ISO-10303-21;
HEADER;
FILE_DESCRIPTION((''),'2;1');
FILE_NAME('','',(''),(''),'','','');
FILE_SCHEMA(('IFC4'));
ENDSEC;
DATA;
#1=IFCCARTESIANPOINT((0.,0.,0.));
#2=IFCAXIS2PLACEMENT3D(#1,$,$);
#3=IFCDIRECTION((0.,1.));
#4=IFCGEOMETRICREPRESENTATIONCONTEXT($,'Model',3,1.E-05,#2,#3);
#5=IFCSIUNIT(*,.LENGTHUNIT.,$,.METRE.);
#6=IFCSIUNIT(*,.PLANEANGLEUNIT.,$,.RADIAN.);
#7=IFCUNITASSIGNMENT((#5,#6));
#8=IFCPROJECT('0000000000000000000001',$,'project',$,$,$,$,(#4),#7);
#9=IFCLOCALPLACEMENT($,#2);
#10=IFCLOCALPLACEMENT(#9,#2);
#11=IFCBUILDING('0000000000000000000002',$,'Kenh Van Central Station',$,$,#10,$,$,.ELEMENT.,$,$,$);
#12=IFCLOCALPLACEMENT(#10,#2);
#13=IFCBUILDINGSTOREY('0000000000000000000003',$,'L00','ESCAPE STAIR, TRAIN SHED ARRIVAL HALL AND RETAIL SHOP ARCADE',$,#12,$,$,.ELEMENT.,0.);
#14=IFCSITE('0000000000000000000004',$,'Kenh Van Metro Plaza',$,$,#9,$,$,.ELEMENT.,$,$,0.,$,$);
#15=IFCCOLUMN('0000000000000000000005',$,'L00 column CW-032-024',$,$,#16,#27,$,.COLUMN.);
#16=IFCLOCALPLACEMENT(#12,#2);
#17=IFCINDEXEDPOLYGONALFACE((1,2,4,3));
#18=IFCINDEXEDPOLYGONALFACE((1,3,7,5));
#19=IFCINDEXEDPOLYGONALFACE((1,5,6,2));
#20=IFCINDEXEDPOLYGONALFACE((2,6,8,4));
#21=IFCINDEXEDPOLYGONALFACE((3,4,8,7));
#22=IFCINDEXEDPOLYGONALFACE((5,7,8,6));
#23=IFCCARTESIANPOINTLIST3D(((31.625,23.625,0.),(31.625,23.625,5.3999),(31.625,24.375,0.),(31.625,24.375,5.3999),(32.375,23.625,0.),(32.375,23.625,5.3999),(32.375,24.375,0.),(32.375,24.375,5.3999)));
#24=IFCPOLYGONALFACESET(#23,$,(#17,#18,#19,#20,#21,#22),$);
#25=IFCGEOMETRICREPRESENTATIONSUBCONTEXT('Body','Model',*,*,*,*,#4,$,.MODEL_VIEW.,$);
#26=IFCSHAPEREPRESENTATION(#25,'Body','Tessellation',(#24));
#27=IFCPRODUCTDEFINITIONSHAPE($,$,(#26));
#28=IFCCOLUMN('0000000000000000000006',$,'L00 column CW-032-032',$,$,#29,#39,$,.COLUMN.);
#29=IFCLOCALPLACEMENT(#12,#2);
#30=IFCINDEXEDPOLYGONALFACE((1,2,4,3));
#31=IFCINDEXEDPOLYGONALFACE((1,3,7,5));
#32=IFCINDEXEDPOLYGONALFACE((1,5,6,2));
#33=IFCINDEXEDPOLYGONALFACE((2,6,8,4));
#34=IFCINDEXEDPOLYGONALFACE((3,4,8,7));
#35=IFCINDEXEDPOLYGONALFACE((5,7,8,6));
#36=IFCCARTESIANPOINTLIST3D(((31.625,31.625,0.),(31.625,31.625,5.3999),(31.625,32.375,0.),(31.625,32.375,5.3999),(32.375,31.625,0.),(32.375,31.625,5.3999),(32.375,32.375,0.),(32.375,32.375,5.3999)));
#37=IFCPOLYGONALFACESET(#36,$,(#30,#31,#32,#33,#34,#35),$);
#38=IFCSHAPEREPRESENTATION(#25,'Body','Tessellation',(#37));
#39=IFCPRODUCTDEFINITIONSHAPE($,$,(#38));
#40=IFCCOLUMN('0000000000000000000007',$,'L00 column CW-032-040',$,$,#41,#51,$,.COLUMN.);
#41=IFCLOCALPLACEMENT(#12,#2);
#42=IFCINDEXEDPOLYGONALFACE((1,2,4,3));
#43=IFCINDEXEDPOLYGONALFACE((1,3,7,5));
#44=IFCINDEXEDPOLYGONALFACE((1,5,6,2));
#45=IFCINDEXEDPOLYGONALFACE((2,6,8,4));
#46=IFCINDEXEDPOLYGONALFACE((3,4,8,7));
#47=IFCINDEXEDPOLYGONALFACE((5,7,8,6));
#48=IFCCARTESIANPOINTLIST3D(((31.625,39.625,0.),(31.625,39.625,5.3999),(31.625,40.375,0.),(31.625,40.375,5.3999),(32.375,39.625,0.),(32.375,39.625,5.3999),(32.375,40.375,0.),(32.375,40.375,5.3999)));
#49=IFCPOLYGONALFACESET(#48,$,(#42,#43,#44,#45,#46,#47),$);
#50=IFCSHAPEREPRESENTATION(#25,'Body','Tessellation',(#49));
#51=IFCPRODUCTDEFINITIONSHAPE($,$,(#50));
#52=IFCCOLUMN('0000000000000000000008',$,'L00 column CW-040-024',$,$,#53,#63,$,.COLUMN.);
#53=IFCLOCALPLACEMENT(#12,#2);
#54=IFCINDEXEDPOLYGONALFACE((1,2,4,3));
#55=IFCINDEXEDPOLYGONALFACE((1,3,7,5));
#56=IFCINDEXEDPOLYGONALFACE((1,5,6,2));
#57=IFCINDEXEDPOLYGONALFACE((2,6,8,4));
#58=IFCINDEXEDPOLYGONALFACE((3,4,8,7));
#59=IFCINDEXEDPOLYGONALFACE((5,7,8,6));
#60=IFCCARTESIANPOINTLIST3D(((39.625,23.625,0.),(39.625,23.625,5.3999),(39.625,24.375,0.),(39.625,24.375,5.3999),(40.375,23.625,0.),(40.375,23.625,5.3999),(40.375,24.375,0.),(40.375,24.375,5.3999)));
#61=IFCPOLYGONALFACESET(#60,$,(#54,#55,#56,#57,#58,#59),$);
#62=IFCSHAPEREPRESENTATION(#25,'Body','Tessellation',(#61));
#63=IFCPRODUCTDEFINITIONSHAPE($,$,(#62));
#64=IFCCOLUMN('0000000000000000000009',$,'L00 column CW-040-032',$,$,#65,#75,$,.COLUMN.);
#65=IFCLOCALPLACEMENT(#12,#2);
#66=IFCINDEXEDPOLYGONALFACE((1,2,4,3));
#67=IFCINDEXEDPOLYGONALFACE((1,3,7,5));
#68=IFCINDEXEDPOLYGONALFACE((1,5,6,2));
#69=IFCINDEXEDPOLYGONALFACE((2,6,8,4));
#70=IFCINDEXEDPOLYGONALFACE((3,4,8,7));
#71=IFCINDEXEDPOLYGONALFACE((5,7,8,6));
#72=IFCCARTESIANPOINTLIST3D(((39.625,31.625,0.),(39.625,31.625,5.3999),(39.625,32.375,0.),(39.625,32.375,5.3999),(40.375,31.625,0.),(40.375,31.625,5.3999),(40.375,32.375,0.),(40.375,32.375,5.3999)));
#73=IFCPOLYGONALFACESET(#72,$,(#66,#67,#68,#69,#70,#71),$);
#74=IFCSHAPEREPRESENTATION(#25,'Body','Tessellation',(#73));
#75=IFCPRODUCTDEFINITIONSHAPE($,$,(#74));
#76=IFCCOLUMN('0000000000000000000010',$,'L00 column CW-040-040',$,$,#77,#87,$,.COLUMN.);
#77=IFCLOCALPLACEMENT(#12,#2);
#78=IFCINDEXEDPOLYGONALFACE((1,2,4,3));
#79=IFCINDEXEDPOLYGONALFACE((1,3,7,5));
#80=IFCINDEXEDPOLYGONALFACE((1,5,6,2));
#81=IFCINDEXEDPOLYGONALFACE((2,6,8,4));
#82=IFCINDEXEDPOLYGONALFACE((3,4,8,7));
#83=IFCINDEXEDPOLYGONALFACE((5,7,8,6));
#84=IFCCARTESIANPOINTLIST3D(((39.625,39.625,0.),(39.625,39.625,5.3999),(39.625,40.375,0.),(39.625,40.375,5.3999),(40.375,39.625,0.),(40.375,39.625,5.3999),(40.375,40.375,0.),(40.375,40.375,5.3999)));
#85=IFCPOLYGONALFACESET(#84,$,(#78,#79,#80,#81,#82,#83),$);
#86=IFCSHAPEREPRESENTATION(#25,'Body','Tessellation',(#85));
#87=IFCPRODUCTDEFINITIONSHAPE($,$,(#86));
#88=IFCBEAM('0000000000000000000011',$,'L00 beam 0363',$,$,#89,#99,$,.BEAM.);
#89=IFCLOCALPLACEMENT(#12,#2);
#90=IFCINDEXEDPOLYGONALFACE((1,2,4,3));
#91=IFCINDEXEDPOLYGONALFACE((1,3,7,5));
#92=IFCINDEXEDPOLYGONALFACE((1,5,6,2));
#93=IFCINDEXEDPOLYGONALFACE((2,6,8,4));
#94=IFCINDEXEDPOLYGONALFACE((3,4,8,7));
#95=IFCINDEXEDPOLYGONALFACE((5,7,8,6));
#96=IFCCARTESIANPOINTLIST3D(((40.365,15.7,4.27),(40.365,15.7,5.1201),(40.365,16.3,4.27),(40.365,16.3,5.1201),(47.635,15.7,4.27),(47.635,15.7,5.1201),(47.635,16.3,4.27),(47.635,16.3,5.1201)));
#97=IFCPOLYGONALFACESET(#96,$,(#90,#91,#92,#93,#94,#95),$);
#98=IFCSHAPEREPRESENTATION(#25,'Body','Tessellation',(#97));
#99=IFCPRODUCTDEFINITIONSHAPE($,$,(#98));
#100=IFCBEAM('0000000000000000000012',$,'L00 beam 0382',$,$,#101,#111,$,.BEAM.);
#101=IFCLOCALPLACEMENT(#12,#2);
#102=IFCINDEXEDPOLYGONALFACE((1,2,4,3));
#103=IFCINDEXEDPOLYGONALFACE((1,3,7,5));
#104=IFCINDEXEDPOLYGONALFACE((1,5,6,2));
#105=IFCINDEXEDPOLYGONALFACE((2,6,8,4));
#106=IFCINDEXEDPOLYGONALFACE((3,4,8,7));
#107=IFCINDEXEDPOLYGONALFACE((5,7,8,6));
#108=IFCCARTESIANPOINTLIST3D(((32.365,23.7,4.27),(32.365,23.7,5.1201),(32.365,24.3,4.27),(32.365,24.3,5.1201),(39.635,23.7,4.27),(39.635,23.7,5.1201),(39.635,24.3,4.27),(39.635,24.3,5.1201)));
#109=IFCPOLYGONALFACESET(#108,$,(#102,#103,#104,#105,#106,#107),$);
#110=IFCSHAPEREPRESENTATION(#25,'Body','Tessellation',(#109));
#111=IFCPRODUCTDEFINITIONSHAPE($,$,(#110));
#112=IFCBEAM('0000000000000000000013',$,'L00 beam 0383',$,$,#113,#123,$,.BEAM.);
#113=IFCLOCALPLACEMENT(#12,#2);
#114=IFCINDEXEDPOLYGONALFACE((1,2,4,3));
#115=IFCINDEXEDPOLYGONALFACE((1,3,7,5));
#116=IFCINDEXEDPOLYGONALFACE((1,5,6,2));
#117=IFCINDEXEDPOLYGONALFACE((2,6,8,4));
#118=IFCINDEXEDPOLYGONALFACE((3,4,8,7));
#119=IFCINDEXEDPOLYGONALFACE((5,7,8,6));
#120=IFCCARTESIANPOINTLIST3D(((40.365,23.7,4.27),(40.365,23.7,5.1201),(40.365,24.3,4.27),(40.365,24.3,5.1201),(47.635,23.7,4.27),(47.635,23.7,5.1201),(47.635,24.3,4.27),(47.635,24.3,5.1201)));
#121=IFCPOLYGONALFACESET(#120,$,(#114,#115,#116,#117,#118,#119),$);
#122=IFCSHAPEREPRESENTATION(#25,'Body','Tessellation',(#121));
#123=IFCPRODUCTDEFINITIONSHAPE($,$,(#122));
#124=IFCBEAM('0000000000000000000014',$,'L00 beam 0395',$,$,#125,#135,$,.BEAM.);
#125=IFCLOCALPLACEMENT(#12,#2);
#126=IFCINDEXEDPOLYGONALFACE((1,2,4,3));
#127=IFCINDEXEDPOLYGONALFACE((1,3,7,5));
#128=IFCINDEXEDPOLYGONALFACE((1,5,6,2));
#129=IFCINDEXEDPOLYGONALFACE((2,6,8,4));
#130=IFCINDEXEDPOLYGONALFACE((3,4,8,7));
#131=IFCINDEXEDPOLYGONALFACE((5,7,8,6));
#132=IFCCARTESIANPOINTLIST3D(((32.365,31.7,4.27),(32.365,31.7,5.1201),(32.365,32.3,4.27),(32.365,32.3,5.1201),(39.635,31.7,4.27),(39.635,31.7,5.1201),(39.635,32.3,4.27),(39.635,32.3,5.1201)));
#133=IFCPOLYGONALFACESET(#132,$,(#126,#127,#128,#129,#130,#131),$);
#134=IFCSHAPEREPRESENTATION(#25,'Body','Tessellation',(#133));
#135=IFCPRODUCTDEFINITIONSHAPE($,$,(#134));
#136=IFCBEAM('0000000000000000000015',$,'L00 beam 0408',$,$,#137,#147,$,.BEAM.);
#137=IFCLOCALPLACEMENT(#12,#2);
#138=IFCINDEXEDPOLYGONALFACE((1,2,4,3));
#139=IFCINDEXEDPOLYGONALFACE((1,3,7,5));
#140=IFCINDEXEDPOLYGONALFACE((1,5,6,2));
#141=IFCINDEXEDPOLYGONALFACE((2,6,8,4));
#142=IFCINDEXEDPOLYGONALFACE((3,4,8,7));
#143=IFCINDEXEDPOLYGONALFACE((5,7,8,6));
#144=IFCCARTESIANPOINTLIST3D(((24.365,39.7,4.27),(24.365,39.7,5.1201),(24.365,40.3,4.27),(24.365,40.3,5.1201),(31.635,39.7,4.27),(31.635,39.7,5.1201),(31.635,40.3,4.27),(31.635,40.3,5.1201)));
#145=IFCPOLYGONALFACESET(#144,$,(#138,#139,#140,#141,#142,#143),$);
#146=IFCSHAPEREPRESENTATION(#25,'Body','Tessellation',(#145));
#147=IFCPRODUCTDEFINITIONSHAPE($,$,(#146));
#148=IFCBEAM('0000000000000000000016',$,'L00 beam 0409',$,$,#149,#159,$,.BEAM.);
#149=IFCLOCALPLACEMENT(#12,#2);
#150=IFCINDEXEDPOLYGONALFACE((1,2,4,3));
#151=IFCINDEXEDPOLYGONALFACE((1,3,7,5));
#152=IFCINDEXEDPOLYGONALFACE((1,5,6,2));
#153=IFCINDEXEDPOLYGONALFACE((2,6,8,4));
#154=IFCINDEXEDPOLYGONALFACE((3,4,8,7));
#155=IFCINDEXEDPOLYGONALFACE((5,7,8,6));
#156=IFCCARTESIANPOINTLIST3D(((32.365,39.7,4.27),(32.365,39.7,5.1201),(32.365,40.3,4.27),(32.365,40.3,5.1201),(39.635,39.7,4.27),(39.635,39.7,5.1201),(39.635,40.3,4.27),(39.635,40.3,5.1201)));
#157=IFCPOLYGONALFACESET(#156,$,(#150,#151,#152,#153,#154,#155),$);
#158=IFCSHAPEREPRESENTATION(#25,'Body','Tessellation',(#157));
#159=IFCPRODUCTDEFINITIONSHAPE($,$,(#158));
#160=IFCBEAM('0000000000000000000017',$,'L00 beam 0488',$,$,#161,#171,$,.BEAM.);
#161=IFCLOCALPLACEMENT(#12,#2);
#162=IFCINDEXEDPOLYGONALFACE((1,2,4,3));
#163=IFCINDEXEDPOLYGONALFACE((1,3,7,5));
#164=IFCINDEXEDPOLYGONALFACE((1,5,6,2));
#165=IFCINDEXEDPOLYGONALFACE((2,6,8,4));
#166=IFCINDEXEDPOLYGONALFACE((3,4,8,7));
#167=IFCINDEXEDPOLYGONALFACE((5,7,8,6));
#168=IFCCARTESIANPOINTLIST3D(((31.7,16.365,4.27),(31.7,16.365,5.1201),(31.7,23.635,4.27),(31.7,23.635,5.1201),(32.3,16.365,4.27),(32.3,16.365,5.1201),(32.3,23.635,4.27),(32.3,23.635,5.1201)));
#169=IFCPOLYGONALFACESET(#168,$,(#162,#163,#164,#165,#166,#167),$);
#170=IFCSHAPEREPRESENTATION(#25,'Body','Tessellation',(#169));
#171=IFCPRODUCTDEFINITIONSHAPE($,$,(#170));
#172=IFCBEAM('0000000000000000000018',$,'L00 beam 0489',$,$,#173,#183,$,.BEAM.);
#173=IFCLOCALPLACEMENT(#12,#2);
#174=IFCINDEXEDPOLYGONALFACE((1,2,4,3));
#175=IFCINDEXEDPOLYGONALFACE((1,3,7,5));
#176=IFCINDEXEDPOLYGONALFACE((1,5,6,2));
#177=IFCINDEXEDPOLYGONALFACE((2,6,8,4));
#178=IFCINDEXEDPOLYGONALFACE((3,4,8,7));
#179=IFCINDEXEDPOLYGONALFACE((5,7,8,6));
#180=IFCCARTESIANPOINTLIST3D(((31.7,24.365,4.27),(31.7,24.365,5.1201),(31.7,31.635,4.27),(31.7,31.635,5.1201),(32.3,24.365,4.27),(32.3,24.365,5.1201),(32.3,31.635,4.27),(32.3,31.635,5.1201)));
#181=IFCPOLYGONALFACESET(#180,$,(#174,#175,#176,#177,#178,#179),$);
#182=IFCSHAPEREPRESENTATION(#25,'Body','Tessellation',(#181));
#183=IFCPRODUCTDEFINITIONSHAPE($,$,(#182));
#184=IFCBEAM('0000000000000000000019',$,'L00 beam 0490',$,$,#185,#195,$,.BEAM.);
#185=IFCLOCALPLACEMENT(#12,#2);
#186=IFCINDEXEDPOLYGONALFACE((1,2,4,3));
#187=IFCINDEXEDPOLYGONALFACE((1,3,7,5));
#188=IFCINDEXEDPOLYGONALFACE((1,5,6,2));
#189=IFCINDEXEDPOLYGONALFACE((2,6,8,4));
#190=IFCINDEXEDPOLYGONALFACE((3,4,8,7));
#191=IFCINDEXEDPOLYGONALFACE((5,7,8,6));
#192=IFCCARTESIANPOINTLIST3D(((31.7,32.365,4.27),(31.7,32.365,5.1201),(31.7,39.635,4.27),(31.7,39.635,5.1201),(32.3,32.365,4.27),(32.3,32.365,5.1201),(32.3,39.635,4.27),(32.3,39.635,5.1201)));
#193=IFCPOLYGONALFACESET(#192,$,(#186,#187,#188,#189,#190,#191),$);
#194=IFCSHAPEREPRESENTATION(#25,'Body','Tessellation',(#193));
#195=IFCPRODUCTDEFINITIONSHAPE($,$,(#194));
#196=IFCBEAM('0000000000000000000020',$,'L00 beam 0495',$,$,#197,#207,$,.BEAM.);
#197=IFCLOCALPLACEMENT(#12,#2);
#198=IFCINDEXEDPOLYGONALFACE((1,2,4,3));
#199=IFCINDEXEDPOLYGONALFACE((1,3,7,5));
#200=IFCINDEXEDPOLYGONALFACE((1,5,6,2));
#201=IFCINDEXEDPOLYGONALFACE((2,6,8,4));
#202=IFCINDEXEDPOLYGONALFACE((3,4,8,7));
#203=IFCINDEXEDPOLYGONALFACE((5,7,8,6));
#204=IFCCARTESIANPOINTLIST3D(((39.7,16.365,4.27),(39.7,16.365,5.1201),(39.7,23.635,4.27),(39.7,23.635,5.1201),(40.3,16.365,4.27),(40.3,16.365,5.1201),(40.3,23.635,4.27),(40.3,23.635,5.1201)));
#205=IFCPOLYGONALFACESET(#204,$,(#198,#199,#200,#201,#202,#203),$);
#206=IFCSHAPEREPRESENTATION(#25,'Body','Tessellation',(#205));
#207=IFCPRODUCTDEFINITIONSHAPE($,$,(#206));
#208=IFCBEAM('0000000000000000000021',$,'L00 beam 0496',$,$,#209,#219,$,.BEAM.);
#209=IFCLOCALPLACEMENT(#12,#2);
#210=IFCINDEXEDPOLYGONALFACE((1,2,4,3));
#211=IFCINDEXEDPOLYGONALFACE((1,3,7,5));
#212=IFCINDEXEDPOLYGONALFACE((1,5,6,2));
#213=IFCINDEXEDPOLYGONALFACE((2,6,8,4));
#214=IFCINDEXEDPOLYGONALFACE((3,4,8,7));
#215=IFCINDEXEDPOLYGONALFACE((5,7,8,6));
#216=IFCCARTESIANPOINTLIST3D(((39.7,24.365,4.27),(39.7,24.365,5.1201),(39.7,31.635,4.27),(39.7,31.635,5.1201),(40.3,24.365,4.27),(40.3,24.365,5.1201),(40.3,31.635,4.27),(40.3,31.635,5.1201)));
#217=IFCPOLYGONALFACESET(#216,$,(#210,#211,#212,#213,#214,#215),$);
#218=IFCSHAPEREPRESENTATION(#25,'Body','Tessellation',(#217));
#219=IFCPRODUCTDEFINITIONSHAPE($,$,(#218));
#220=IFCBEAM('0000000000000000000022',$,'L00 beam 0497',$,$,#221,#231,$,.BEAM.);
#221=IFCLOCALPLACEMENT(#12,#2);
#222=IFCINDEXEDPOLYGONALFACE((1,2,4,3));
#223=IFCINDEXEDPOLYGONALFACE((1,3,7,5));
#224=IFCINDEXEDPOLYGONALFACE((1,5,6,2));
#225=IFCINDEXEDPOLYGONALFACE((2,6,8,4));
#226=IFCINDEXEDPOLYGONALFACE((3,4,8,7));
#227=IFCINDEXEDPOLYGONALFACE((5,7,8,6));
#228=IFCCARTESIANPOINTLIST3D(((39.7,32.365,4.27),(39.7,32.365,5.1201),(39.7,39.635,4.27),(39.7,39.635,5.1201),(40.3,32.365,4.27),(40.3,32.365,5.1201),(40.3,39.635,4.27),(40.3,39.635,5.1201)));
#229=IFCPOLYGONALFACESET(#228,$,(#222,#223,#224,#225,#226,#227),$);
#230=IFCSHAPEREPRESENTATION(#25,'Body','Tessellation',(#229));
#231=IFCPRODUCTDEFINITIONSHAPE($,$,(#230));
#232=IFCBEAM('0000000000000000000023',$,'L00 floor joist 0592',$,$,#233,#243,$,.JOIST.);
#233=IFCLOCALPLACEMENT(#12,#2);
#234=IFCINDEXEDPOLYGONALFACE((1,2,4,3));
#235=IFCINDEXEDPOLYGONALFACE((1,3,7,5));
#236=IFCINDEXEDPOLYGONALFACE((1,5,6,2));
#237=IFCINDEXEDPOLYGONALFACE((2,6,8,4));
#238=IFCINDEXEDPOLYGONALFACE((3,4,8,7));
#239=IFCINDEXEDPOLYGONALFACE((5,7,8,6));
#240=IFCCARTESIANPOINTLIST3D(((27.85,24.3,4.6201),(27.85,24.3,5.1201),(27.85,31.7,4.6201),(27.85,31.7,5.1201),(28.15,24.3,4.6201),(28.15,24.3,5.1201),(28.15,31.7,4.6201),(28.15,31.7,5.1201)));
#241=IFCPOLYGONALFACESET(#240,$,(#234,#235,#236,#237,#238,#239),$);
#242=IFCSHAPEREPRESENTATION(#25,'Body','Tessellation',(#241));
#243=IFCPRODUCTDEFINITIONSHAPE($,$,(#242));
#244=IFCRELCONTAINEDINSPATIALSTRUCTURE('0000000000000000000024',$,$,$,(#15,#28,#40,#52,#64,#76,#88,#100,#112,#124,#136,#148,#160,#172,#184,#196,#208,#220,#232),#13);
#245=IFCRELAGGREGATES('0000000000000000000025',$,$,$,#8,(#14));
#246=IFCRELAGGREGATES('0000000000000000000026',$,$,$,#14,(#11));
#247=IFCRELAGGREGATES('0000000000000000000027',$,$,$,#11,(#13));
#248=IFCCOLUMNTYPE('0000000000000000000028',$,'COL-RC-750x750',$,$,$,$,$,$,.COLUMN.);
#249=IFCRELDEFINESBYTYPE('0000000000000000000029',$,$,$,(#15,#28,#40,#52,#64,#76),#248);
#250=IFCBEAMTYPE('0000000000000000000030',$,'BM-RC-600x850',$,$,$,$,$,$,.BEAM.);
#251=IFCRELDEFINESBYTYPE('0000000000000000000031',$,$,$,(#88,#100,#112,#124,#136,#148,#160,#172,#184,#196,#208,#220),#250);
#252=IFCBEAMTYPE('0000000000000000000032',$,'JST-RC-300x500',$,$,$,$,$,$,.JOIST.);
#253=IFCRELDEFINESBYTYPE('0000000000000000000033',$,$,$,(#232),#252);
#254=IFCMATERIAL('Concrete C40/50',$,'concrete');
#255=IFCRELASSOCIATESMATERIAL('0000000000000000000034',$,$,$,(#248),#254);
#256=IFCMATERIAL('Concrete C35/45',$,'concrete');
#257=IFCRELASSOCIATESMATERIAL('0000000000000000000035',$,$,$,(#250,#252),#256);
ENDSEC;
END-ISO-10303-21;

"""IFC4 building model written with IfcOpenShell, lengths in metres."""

from ifc_helpers import new_model, si_unit, direction, frame, origin, origin_2d, place, context, subcontext, project, spatial, rectangle, extrude, material, material_profile, profile_set, type_object, element, save


model = new_model("IFC4")

# Units and contexts
model_context = context("Model", 3, precision=1e-05, world=origin(), true_north=direction((0.0, 1.0)))
body_context = subcontext(model_context, "Body", "Model", "MODEL_VIEW")
ifc_project = project(units=[si_unit("LENGTHUNIT", "METRE"), si_unit("PLANEANGLEUNIT", "RADIAN")], contexts=[model_context])

# Site, building, storey
site_placement = place(None, origin())
site = spatial("IfcSite", under=ifc_project, at=site_placement, Name="Kenh Van Metro Plaza", CompositionType="ELEMENT", RefElevation=0.0)
building_placement = place(site_placement, origin())
building = spatial("IfcBuilding", under=site, at=building_placement, Name="Kenh Van Central Station", CompositionType="ELEMENT")
storey_placement = place(building_placement, origin())
storey = spatial("IfcBuildingStorey", under=building, at=storey_placement, Name="L00", Description="ESCAPE STAIR, TRAIN SHED ARRIVAL HALL AND RETAIL SHOP ARCADE", CompositionType="ELEMENT", Elevation=0.0)

# Columns
ifc_material_1 = material(Name="Concrete C40/50", Category="concrete")
ifc_material_profile_1 = material_profile(ifc_material_1, rectangle(XDim=0.75, YDim=0.75, at=origin_2d()), Name="RC 750x750")
ifc_profile_set_1 = profile_set([ifc_material_profile_1], Name="Concrete C40/50")
column_type = type_object("IfcColumnType", Name="COL-RC-750x750", PredefinedType="COLUMN", material=ifc_profile_set_1)
for number, where, z_axis, x_axis, name in (
    (1, (32.0, 24.0, 0.0), (0.0, 0.0, 1.0), (1.0, 0.0, 0.0), "L00 column CW-032-024"),
    (2, (32.0, 32.0, 0.0), (0.0, 0.0, 1.0), (1.0, 0.0, 0.0), "L00 column CW-032-032"),
    (3, (32.0, 40.0, 0.0), (0.0, 0.0, 1.0), (1.0, 0.0, 0.0), "L00 column CW-032-040"),
    (4, (40.0, 24.0, 0.0), (0.0, 0.0, 1.0), (1.0, 0.0, 0.0), "L00 column CW-040-024"),
    (5, (40.0, 32.0, 0.0), (0.0, 0.0, 1.0), (1.0, 0.0, 0.0), "L00 column CW-040-032"),
    (6, (40.0, 40.0, 0.0), (0.0, 0.0, 1.0), (1.0, 0.0, 0.0), "L00 column CW-040-040"),
):
    element("IfcColumn", number, at=place(storey_placement, frame(where, z_axis=z_axis, x_axis=x_axis)), inside=storey, type_object=column_type, Name=name, PredefinedType="COLUMN", context=body_context, shape_type="SweptSolid", body=[
        extrude(rectangle(XDim=0.75, YDim=0.75, at=origin_2d()), origin(), (0.0, 0.0, 1.0), 5.3999),
    ])

# Beams
ifc_material_2 = material(Name="Concrete C35/45", Category="concrete")
ifc_material_profile_2 = material_profile(ifc_material_2, rectangle(XDim=0.6001, YDim=0.8501, at=origin_2d()), Name="RC 600x850")
ifc_profile_set_2 = profile_set([ifc_material_profile_2], Name="Concrete C35/45")
beam_type_1 = type_object("IfcBeamType", Name="BM-RC-600x850", PredefinedType="BEAM", material=ifc_profile_set_2)
for number, where, z_axis, x_axis, name in (
    (7, (40.365, 16.0, 4.6951), (1.0, 0.0, 0.0), (0.0, 1.0, 0.0), "L00 beam 0363"),
    (8, (32.365, 24.0, 4.6951), (1.0, 0.0, 0.0), (0.0, 1.0, 0.0), "L00 beam 0382"),
    (9, (40.365, 24.0, 4.6951), (1.0, 0.0, 0.0), (0.0, 1.0, 0.0), "L00 beam 0383"),
    (10, (32.365, 32.0, 4.6951), (1.0, 0.0, 0.0), (0.0, 1.0, 0.0), "L00 beam 0395"),
    (11, (24.365, 40.0, 4.6951), (1.0, 0.0, 0.0), (0.0, 1.0, 0.0), "L00 beam 0408"),
    (12, (32.365, 40.0, 4.6951), (1.0, 0.0, 0.0), (0.0, 1.0, 0.0), "L00 beam 0409"),
    (13, (32.0, 16.365, 4.6951), (0.0, 1.0, 0.0), (-1.0, 0.0, 0.0), "L00 beam 0488"),
    (14, (32.0, 24.365, 4.6951), (0.0, 1.0, 0.0), (-1.0, 0.0, 0.0), "L00 beam 0489"),
    (15, (32.0, 32.365, 4.6951), (0.0, 1.0, 0.0), (-1.0, 0.0, 0.0), "L00 beam 0490"),
    (16, (40.0, 16.365, 4.6951), (0.0, 1.0, 0.0), (-1.0, 0.0, 0.0), "L00 beam 0495"),
    (17, (40.0, 24.365, 4.6951), (0.0, 1.0, 0.0), (-1.0, 0.0, 0.0), "L00 beam 0496"),
    (18, (40.0, 32.365, 4.6951), (0.0, 1.0, 0.0), (-1.0, 0.0, 0.0), "L00 beam 0497"),
):
    element("IfcBeam", number, at=place(storey_placement, frame(where, z_axis=z_axis, x_axis=x_axis)), inside=storey, type_object=beam_type_1, Name=name, PredefinedType="BEAM", context=body_context, shape_type="SweptSolid", body=[
        extrude(rectangle(XDim=0.6001, YDim=0.8501, at=origin_2d()), origin(), (0.0, 0.0, 1.0), 7.27),
    ])
ifc_material_profile_3 = material_profile(ifc_material_2, rectangle(XDim=0.3, YDim=0.5, at=origin_2d()), Name="RC 300x500")
ifc_profile_set_3 = profile_set([ifc_material_profile_3], Name="Concrete C35/45")
beam_type_2 = type_object("IfcBeamType", Name="JST-RC-300x500", PredefinedType="JOIST", material=ifc_profile_set_3)
for number, where, z_axis, x_axis, name in (
    (19, (28.0, 24.3, 4.8701), (0.0, 1.0, 0.0), (-1.0, 0.0, 0.0), "L00 floor joist 0592"),
):
    element("IfcBeam", number, at=place(storey_placement, frame(where, z_axis=z_axis, x_axis=x_axis)), inside=storey, type_object=beam_type_2, Name=name, PredefinedType="JOIST", context=body_context, shape_type="SweptSolid", body=[
        extrude(rectangle(XDim=0.3, YDim=0.5, at=origin_2d()), origin(), (0.0, 0.0, 1.0), 7.3999),
    ])

save(model, "model.ifc")
